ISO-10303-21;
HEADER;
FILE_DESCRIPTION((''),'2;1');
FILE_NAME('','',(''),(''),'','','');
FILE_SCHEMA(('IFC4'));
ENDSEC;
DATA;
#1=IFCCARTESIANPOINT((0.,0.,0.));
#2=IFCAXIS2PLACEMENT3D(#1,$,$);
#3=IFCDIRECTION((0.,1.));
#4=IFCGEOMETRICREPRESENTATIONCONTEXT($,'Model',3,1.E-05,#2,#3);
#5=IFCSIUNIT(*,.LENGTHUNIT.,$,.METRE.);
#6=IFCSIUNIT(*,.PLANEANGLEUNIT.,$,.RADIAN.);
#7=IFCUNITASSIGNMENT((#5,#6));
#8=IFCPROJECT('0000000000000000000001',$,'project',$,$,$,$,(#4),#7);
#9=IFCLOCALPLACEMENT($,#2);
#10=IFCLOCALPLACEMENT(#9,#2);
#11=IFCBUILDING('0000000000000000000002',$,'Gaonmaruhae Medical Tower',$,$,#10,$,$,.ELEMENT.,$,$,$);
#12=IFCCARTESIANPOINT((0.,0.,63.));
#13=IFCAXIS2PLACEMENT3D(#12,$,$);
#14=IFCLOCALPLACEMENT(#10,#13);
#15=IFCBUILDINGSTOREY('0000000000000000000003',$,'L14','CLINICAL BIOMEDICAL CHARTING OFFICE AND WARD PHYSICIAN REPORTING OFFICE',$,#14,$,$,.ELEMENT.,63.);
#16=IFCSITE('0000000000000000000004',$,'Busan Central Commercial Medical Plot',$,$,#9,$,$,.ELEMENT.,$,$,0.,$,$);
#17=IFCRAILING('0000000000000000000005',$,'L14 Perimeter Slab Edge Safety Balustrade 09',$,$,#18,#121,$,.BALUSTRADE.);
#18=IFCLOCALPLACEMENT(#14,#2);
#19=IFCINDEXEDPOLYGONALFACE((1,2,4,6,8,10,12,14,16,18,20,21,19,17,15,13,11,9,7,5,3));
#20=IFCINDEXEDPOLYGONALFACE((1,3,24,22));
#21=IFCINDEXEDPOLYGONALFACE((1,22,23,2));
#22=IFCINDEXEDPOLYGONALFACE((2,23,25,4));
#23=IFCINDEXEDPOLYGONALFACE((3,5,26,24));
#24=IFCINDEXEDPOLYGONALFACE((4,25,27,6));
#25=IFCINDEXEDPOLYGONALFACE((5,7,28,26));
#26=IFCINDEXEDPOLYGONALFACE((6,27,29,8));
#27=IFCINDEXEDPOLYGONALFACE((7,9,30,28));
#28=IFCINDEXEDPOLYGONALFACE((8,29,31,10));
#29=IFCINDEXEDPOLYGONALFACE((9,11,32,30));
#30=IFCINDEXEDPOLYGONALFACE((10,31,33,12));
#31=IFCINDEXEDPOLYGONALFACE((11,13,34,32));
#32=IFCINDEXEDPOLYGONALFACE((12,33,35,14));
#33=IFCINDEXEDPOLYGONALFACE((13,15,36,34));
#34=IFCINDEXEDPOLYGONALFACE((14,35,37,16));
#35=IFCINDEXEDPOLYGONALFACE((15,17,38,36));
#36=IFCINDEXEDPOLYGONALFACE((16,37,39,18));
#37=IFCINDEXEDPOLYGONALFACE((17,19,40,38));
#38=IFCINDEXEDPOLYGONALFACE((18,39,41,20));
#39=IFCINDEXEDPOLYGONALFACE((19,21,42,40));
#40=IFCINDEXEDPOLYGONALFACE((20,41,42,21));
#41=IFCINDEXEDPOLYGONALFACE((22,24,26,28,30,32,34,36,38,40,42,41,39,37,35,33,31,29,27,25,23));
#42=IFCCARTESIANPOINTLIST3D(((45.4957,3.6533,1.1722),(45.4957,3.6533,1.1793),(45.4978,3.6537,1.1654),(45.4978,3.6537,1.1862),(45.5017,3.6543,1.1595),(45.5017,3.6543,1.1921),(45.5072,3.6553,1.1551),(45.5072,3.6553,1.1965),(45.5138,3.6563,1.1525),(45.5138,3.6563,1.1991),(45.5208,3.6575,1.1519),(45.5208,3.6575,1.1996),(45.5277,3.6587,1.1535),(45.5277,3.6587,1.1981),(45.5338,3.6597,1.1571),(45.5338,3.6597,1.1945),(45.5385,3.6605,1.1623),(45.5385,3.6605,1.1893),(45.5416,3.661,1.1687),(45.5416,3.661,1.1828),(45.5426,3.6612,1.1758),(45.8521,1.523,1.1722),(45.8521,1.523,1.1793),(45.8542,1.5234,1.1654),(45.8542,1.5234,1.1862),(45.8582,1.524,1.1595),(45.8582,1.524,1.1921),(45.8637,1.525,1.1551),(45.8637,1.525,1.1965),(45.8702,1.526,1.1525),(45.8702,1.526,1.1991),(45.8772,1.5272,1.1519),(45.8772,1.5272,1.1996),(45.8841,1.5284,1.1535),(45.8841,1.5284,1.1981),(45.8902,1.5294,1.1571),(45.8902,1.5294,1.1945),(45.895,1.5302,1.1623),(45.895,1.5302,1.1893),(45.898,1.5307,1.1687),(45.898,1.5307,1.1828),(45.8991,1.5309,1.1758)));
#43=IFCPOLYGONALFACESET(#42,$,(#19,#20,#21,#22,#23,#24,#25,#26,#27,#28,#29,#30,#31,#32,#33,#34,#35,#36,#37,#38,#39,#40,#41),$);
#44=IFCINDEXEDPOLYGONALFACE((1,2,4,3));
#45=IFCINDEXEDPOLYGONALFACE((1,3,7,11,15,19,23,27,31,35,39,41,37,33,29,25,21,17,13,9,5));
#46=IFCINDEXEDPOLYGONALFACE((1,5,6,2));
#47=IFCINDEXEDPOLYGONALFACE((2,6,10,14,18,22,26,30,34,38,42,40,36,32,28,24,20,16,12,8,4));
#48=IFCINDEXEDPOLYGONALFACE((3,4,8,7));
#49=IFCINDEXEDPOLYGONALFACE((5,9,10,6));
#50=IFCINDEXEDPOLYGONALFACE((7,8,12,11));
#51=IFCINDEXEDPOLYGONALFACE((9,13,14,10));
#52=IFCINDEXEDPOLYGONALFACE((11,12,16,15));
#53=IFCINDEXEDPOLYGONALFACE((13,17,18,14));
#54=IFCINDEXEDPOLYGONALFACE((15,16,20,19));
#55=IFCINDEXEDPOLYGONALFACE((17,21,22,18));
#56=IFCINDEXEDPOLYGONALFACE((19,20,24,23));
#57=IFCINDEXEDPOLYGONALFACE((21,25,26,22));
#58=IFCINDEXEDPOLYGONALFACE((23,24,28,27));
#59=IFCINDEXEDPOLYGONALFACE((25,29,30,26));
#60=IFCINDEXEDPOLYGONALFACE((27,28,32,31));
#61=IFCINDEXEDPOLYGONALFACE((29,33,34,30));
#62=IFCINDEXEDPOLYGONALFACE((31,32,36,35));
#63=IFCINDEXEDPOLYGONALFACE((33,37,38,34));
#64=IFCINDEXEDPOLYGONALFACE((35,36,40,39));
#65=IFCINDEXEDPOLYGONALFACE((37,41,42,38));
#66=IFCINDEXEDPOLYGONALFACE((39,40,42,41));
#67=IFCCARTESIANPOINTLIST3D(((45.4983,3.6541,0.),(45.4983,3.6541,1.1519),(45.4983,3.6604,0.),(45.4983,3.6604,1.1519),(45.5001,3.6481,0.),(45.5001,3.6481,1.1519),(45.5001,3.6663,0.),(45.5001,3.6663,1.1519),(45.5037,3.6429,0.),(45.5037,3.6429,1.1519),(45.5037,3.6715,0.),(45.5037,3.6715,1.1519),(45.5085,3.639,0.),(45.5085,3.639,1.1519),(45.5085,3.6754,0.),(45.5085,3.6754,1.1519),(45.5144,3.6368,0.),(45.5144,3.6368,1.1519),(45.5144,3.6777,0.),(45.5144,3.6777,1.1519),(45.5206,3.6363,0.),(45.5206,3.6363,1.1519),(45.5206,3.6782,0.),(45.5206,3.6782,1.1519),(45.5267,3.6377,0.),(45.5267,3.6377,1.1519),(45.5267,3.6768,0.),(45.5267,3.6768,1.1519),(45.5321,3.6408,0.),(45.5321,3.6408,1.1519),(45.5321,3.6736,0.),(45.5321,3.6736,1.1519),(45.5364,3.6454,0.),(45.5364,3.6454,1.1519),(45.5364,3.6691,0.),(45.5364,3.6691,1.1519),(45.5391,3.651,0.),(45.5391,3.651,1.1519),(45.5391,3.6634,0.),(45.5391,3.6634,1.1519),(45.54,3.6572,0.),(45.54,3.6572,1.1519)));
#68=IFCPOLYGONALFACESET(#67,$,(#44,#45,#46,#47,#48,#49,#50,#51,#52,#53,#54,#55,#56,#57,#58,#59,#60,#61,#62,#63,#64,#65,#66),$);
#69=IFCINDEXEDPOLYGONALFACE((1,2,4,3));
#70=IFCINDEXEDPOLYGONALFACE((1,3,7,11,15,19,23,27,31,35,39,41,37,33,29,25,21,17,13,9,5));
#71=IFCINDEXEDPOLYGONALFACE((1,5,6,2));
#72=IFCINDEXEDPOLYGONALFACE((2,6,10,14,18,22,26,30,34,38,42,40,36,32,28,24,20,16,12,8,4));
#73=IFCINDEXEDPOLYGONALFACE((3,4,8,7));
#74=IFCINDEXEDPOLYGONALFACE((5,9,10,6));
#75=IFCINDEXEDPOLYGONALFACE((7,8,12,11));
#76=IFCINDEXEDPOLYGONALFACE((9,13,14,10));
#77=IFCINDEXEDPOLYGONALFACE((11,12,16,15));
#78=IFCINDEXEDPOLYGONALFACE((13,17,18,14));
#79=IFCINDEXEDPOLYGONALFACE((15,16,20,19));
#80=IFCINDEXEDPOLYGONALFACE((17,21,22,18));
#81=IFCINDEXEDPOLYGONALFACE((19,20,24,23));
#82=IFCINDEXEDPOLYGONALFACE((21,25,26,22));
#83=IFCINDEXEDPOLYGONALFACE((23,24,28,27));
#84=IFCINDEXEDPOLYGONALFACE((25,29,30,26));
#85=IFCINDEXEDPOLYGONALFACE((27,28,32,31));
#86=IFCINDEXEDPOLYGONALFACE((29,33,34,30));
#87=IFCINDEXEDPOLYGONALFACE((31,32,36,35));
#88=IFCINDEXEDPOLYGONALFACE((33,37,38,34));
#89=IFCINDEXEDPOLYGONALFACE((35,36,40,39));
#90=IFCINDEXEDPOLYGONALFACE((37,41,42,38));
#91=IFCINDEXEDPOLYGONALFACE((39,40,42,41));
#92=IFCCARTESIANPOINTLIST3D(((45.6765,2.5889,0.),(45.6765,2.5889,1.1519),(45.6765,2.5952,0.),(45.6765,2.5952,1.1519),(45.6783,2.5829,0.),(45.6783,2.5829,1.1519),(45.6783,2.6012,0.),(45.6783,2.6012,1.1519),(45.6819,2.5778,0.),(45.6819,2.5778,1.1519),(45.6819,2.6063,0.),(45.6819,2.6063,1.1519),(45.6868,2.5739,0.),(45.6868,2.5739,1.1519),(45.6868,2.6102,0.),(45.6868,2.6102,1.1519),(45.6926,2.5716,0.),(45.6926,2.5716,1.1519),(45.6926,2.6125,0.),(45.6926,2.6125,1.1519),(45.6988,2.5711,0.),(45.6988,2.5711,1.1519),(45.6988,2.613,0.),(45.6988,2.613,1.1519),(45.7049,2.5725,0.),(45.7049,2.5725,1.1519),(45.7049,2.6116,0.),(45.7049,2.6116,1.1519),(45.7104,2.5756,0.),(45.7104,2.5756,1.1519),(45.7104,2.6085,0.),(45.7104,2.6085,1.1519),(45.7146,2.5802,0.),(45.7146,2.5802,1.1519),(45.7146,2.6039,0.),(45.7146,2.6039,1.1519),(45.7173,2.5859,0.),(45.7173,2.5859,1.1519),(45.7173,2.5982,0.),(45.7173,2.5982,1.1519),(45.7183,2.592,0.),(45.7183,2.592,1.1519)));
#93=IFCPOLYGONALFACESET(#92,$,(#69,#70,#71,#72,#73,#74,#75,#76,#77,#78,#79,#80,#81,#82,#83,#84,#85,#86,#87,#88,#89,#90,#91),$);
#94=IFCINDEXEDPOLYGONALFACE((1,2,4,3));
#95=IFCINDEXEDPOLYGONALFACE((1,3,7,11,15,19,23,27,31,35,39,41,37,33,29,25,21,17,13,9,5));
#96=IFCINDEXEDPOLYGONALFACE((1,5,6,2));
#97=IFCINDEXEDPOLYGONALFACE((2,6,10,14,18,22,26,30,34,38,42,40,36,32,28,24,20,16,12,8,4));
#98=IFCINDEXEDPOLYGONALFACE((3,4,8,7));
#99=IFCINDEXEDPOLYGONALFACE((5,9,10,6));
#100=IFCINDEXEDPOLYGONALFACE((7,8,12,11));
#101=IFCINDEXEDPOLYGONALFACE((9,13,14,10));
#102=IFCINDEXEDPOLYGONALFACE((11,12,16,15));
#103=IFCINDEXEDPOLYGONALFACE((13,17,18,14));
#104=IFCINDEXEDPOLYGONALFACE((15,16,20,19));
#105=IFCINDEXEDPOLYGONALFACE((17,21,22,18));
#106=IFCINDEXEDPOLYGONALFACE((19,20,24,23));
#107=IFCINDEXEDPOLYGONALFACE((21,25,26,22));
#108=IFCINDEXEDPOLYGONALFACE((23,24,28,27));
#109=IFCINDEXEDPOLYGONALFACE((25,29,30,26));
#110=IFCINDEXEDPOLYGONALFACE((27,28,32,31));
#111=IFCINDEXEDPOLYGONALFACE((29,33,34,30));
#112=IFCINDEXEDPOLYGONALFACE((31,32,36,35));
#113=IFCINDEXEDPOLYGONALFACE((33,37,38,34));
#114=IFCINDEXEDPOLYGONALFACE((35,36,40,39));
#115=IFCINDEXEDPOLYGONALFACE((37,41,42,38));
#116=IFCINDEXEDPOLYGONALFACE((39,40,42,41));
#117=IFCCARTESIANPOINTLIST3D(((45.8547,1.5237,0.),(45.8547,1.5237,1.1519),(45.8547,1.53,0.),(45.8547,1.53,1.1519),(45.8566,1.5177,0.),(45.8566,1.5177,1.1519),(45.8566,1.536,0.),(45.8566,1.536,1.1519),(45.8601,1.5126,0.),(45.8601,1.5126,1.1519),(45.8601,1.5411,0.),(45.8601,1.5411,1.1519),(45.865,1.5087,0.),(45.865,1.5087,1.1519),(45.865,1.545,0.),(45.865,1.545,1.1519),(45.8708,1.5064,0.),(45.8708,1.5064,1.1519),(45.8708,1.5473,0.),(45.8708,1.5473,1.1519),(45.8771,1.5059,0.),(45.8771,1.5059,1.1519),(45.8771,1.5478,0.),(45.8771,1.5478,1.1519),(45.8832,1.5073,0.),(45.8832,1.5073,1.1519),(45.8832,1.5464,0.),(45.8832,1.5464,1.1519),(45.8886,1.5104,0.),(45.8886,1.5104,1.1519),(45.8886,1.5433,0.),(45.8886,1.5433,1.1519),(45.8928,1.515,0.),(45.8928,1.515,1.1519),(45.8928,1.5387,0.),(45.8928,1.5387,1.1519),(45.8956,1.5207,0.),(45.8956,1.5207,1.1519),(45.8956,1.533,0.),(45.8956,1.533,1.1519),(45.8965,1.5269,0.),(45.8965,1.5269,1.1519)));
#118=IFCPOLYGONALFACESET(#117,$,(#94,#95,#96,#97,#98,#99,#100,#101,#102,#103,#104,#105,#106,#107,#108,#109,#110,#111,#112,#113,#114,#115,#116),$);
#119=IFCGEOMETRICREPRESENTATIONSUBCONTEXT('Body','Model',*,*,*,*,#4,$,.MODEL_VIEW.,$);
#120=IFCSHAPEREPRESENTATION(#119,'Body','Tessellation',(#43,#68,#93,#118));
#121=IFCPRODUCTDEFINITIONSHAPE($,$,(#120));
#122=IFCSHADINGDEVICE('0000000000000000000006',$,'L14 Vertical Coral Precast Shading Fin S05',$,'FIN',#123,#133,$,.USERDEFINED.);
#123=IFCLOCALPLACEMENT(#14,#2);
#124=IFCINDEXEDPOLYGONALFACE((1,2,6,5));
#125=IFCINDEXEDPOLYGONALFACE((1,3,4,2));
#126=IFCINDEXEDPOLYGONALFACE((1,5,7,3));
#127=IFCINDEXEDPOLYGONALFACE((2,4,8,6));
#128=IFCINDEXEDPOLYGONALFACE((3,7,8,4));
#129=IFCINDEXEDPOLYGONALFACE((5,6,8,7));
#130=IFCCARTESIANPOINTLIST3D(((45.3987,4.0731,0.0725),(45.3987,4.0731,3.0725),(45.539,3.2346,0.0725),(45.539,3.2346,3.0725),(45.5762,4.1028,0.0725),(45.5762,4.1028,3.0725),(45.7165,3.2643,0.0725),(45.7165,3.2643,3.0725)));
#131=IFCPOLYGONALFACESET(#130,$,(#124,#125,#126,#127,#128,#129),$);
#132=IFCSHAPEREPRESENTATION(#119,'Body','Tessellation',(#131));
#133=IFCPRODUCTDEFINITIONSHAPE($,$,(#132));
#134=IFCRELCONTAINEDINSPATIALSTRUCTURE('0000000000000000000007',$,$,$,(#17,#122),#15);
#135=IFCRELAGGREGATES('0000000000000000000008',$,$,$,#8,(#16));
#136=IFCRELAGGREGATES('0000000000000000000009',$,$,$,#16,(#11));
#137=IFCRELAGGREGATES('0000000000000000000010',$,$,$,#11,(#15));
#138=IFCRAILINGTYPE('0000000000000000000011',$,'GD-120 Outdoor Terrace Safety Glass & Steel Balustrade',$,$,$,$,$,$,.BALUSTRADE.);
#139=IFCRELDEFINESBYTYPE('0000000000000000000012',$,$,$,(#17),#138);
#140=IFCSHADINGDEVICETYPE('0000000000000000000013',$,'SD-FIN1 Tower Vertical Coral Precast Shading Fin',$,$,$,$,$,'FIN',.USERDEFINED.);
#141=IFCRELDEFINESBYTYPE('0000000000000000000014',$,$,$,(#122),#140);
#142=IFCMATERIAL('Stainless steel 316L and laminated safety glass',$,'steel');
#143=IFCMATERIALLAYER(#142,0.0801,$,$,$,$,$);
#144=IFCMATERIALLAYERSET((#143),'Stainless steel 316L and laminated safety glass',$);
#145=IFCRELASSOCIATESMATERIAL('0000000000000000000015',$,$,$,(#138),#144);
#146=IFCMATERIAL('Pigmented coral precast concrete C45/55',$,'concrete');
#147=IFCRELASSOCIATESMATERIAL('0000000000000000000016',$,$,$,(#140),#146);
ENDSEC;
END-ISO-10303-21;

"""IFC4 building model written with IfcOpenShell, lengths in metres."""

from ifc_helpers import new_model, si_unit, direction, frame, origin, origin_2d, place, context, subcontext, project, spatial, rectangle, circle, extrude, material, layer, layer_set, type_object, element, save


model = new_model("IFC4")

# Units and contexts
model_context = context("Model", 3, precision=1e-05, world=origin(), true_north=direction((0.0, 1.0)))
body_context = subcontext(model_context, "Body", "Model", "MODEL_VIEW")
ifc_project = project(units=[si_unit("LENGTHUNIT", "METRE"), si_unit("PLANEANGLEUNIT", "RADIAN")], contexts=[model_context])

# Site, building, storey
site_placement = place(None, origin())
site = spatial("IfcSite", under=ifc_project, at=site_placement, Name="Busan Central Commercial Medical Plot", CompositionType="ELEMENT", RefElevation=0.0)
building_placement = place(site_placement, origin())
building = spatial("IfcBuilding", under=site, at=building_placement, Name="Gaonmaruhae Medical Tower", CompositionType="ELEMENT")
storey_placement = place(building_placement, frame((0.0, 0.0, 63.0)))
storey = spatial("IfcBuildingStorey", under=building, at=storey_placement, Name="L14", Description="CLINICAL BIOMEDICAL CHARTING OFFICE AND WARD PHYSICIAN REPORTING OFFICE", CompositionType="ELEMENT", Elevation=63.0)

# Railing
ifc_material_1 = material(Name="Stainless steel 316L and laminated safety glass", Category="steel")
ifc_layer_1 = layer(ifc_material_1, 0.0801)
ifc_layer_set_1 = layer_set([ifc_layer_1], Name="Stainless steel 316L and laminated safety glass")
railing_type = type_object("IfcRailingType", Name="GD-120 Outdoor Terrace Safety Glass & Steel Balustrade", PredefinedType="BALUSTRADE", material=ifc_layer_set_1)
railing_1_placement = place(storey_placement, frame((45.519, 3.6572, 0.0)))
element("IfcRailing", 1, at=railing_1_placement, inside=storey, type_object=railing_type, Name="L14 Perimeter Slab Edge Safety Balustrade 09", PredefinedType="BALUSTRADE", context=body_context, shape_type="SweptSolid", body=[
    extrude(circle(Radius=0.0239, at=origin_2d()), frame((0.0, 0.0, 1.1758), z_axis=(0.165022, -0.98629, 0.0), x_axis=(0.98629, 0.165022, 0.0)), (0.0, 0.0, 1.0), 2.1599),
    extrude(circle(Radius=0.021, at=origin_2d()), origin(), (0.0, 0.0, 1.0), 1.1519),
    extrude(circle(Radius=0.021, at=origin_2d()), frame((0.1782, -1.0652, 0.0)), (0.0, 0.0, 1.0), 1.1519),
    extrude(circle(Radius=0.021, at=origin_2d()), frame((0.3564, -2.1304, 0.0)), (0.0, 0.0, 1.0), 1.1519),
])

# Shading device
ifc_material_2 = material(Name="Pigmented coral precast concrete C45/55", Category="concrete")
shading_device_type = type_object("IfcShadingDeviceType", Name="SD-FIN1 Tower Vertical Coral Precast Shading Fin", ElementType="FIN", PredefinedType="USERDEFINED", material=ifc_material_2)
shading_device_placement = place(storey_placement, frame((45.5576, 3.6687, 0.0725), z_axis=(0.0, 0.0, 1.0), x_axis=(-0.986286, -0.165048, 0.0)))
element("IfcShadingDevice", 2, at=shading_device_placement, inside=storey, type_object=shading_device_type, Name="L14 Vertical Coral Precast Shading Fin S05", ObjectType="FIN", PredefinedType="USERDEFINED", context=body_context, shape_type="SweptSolid", body=[
    extrude(rectangle(XDim=0.1799, YDim=0.8501, at=origin_2d()), origin(), (0.0, 0.0, 1.0), 3.0),
])

save(model, "model.ifc")
